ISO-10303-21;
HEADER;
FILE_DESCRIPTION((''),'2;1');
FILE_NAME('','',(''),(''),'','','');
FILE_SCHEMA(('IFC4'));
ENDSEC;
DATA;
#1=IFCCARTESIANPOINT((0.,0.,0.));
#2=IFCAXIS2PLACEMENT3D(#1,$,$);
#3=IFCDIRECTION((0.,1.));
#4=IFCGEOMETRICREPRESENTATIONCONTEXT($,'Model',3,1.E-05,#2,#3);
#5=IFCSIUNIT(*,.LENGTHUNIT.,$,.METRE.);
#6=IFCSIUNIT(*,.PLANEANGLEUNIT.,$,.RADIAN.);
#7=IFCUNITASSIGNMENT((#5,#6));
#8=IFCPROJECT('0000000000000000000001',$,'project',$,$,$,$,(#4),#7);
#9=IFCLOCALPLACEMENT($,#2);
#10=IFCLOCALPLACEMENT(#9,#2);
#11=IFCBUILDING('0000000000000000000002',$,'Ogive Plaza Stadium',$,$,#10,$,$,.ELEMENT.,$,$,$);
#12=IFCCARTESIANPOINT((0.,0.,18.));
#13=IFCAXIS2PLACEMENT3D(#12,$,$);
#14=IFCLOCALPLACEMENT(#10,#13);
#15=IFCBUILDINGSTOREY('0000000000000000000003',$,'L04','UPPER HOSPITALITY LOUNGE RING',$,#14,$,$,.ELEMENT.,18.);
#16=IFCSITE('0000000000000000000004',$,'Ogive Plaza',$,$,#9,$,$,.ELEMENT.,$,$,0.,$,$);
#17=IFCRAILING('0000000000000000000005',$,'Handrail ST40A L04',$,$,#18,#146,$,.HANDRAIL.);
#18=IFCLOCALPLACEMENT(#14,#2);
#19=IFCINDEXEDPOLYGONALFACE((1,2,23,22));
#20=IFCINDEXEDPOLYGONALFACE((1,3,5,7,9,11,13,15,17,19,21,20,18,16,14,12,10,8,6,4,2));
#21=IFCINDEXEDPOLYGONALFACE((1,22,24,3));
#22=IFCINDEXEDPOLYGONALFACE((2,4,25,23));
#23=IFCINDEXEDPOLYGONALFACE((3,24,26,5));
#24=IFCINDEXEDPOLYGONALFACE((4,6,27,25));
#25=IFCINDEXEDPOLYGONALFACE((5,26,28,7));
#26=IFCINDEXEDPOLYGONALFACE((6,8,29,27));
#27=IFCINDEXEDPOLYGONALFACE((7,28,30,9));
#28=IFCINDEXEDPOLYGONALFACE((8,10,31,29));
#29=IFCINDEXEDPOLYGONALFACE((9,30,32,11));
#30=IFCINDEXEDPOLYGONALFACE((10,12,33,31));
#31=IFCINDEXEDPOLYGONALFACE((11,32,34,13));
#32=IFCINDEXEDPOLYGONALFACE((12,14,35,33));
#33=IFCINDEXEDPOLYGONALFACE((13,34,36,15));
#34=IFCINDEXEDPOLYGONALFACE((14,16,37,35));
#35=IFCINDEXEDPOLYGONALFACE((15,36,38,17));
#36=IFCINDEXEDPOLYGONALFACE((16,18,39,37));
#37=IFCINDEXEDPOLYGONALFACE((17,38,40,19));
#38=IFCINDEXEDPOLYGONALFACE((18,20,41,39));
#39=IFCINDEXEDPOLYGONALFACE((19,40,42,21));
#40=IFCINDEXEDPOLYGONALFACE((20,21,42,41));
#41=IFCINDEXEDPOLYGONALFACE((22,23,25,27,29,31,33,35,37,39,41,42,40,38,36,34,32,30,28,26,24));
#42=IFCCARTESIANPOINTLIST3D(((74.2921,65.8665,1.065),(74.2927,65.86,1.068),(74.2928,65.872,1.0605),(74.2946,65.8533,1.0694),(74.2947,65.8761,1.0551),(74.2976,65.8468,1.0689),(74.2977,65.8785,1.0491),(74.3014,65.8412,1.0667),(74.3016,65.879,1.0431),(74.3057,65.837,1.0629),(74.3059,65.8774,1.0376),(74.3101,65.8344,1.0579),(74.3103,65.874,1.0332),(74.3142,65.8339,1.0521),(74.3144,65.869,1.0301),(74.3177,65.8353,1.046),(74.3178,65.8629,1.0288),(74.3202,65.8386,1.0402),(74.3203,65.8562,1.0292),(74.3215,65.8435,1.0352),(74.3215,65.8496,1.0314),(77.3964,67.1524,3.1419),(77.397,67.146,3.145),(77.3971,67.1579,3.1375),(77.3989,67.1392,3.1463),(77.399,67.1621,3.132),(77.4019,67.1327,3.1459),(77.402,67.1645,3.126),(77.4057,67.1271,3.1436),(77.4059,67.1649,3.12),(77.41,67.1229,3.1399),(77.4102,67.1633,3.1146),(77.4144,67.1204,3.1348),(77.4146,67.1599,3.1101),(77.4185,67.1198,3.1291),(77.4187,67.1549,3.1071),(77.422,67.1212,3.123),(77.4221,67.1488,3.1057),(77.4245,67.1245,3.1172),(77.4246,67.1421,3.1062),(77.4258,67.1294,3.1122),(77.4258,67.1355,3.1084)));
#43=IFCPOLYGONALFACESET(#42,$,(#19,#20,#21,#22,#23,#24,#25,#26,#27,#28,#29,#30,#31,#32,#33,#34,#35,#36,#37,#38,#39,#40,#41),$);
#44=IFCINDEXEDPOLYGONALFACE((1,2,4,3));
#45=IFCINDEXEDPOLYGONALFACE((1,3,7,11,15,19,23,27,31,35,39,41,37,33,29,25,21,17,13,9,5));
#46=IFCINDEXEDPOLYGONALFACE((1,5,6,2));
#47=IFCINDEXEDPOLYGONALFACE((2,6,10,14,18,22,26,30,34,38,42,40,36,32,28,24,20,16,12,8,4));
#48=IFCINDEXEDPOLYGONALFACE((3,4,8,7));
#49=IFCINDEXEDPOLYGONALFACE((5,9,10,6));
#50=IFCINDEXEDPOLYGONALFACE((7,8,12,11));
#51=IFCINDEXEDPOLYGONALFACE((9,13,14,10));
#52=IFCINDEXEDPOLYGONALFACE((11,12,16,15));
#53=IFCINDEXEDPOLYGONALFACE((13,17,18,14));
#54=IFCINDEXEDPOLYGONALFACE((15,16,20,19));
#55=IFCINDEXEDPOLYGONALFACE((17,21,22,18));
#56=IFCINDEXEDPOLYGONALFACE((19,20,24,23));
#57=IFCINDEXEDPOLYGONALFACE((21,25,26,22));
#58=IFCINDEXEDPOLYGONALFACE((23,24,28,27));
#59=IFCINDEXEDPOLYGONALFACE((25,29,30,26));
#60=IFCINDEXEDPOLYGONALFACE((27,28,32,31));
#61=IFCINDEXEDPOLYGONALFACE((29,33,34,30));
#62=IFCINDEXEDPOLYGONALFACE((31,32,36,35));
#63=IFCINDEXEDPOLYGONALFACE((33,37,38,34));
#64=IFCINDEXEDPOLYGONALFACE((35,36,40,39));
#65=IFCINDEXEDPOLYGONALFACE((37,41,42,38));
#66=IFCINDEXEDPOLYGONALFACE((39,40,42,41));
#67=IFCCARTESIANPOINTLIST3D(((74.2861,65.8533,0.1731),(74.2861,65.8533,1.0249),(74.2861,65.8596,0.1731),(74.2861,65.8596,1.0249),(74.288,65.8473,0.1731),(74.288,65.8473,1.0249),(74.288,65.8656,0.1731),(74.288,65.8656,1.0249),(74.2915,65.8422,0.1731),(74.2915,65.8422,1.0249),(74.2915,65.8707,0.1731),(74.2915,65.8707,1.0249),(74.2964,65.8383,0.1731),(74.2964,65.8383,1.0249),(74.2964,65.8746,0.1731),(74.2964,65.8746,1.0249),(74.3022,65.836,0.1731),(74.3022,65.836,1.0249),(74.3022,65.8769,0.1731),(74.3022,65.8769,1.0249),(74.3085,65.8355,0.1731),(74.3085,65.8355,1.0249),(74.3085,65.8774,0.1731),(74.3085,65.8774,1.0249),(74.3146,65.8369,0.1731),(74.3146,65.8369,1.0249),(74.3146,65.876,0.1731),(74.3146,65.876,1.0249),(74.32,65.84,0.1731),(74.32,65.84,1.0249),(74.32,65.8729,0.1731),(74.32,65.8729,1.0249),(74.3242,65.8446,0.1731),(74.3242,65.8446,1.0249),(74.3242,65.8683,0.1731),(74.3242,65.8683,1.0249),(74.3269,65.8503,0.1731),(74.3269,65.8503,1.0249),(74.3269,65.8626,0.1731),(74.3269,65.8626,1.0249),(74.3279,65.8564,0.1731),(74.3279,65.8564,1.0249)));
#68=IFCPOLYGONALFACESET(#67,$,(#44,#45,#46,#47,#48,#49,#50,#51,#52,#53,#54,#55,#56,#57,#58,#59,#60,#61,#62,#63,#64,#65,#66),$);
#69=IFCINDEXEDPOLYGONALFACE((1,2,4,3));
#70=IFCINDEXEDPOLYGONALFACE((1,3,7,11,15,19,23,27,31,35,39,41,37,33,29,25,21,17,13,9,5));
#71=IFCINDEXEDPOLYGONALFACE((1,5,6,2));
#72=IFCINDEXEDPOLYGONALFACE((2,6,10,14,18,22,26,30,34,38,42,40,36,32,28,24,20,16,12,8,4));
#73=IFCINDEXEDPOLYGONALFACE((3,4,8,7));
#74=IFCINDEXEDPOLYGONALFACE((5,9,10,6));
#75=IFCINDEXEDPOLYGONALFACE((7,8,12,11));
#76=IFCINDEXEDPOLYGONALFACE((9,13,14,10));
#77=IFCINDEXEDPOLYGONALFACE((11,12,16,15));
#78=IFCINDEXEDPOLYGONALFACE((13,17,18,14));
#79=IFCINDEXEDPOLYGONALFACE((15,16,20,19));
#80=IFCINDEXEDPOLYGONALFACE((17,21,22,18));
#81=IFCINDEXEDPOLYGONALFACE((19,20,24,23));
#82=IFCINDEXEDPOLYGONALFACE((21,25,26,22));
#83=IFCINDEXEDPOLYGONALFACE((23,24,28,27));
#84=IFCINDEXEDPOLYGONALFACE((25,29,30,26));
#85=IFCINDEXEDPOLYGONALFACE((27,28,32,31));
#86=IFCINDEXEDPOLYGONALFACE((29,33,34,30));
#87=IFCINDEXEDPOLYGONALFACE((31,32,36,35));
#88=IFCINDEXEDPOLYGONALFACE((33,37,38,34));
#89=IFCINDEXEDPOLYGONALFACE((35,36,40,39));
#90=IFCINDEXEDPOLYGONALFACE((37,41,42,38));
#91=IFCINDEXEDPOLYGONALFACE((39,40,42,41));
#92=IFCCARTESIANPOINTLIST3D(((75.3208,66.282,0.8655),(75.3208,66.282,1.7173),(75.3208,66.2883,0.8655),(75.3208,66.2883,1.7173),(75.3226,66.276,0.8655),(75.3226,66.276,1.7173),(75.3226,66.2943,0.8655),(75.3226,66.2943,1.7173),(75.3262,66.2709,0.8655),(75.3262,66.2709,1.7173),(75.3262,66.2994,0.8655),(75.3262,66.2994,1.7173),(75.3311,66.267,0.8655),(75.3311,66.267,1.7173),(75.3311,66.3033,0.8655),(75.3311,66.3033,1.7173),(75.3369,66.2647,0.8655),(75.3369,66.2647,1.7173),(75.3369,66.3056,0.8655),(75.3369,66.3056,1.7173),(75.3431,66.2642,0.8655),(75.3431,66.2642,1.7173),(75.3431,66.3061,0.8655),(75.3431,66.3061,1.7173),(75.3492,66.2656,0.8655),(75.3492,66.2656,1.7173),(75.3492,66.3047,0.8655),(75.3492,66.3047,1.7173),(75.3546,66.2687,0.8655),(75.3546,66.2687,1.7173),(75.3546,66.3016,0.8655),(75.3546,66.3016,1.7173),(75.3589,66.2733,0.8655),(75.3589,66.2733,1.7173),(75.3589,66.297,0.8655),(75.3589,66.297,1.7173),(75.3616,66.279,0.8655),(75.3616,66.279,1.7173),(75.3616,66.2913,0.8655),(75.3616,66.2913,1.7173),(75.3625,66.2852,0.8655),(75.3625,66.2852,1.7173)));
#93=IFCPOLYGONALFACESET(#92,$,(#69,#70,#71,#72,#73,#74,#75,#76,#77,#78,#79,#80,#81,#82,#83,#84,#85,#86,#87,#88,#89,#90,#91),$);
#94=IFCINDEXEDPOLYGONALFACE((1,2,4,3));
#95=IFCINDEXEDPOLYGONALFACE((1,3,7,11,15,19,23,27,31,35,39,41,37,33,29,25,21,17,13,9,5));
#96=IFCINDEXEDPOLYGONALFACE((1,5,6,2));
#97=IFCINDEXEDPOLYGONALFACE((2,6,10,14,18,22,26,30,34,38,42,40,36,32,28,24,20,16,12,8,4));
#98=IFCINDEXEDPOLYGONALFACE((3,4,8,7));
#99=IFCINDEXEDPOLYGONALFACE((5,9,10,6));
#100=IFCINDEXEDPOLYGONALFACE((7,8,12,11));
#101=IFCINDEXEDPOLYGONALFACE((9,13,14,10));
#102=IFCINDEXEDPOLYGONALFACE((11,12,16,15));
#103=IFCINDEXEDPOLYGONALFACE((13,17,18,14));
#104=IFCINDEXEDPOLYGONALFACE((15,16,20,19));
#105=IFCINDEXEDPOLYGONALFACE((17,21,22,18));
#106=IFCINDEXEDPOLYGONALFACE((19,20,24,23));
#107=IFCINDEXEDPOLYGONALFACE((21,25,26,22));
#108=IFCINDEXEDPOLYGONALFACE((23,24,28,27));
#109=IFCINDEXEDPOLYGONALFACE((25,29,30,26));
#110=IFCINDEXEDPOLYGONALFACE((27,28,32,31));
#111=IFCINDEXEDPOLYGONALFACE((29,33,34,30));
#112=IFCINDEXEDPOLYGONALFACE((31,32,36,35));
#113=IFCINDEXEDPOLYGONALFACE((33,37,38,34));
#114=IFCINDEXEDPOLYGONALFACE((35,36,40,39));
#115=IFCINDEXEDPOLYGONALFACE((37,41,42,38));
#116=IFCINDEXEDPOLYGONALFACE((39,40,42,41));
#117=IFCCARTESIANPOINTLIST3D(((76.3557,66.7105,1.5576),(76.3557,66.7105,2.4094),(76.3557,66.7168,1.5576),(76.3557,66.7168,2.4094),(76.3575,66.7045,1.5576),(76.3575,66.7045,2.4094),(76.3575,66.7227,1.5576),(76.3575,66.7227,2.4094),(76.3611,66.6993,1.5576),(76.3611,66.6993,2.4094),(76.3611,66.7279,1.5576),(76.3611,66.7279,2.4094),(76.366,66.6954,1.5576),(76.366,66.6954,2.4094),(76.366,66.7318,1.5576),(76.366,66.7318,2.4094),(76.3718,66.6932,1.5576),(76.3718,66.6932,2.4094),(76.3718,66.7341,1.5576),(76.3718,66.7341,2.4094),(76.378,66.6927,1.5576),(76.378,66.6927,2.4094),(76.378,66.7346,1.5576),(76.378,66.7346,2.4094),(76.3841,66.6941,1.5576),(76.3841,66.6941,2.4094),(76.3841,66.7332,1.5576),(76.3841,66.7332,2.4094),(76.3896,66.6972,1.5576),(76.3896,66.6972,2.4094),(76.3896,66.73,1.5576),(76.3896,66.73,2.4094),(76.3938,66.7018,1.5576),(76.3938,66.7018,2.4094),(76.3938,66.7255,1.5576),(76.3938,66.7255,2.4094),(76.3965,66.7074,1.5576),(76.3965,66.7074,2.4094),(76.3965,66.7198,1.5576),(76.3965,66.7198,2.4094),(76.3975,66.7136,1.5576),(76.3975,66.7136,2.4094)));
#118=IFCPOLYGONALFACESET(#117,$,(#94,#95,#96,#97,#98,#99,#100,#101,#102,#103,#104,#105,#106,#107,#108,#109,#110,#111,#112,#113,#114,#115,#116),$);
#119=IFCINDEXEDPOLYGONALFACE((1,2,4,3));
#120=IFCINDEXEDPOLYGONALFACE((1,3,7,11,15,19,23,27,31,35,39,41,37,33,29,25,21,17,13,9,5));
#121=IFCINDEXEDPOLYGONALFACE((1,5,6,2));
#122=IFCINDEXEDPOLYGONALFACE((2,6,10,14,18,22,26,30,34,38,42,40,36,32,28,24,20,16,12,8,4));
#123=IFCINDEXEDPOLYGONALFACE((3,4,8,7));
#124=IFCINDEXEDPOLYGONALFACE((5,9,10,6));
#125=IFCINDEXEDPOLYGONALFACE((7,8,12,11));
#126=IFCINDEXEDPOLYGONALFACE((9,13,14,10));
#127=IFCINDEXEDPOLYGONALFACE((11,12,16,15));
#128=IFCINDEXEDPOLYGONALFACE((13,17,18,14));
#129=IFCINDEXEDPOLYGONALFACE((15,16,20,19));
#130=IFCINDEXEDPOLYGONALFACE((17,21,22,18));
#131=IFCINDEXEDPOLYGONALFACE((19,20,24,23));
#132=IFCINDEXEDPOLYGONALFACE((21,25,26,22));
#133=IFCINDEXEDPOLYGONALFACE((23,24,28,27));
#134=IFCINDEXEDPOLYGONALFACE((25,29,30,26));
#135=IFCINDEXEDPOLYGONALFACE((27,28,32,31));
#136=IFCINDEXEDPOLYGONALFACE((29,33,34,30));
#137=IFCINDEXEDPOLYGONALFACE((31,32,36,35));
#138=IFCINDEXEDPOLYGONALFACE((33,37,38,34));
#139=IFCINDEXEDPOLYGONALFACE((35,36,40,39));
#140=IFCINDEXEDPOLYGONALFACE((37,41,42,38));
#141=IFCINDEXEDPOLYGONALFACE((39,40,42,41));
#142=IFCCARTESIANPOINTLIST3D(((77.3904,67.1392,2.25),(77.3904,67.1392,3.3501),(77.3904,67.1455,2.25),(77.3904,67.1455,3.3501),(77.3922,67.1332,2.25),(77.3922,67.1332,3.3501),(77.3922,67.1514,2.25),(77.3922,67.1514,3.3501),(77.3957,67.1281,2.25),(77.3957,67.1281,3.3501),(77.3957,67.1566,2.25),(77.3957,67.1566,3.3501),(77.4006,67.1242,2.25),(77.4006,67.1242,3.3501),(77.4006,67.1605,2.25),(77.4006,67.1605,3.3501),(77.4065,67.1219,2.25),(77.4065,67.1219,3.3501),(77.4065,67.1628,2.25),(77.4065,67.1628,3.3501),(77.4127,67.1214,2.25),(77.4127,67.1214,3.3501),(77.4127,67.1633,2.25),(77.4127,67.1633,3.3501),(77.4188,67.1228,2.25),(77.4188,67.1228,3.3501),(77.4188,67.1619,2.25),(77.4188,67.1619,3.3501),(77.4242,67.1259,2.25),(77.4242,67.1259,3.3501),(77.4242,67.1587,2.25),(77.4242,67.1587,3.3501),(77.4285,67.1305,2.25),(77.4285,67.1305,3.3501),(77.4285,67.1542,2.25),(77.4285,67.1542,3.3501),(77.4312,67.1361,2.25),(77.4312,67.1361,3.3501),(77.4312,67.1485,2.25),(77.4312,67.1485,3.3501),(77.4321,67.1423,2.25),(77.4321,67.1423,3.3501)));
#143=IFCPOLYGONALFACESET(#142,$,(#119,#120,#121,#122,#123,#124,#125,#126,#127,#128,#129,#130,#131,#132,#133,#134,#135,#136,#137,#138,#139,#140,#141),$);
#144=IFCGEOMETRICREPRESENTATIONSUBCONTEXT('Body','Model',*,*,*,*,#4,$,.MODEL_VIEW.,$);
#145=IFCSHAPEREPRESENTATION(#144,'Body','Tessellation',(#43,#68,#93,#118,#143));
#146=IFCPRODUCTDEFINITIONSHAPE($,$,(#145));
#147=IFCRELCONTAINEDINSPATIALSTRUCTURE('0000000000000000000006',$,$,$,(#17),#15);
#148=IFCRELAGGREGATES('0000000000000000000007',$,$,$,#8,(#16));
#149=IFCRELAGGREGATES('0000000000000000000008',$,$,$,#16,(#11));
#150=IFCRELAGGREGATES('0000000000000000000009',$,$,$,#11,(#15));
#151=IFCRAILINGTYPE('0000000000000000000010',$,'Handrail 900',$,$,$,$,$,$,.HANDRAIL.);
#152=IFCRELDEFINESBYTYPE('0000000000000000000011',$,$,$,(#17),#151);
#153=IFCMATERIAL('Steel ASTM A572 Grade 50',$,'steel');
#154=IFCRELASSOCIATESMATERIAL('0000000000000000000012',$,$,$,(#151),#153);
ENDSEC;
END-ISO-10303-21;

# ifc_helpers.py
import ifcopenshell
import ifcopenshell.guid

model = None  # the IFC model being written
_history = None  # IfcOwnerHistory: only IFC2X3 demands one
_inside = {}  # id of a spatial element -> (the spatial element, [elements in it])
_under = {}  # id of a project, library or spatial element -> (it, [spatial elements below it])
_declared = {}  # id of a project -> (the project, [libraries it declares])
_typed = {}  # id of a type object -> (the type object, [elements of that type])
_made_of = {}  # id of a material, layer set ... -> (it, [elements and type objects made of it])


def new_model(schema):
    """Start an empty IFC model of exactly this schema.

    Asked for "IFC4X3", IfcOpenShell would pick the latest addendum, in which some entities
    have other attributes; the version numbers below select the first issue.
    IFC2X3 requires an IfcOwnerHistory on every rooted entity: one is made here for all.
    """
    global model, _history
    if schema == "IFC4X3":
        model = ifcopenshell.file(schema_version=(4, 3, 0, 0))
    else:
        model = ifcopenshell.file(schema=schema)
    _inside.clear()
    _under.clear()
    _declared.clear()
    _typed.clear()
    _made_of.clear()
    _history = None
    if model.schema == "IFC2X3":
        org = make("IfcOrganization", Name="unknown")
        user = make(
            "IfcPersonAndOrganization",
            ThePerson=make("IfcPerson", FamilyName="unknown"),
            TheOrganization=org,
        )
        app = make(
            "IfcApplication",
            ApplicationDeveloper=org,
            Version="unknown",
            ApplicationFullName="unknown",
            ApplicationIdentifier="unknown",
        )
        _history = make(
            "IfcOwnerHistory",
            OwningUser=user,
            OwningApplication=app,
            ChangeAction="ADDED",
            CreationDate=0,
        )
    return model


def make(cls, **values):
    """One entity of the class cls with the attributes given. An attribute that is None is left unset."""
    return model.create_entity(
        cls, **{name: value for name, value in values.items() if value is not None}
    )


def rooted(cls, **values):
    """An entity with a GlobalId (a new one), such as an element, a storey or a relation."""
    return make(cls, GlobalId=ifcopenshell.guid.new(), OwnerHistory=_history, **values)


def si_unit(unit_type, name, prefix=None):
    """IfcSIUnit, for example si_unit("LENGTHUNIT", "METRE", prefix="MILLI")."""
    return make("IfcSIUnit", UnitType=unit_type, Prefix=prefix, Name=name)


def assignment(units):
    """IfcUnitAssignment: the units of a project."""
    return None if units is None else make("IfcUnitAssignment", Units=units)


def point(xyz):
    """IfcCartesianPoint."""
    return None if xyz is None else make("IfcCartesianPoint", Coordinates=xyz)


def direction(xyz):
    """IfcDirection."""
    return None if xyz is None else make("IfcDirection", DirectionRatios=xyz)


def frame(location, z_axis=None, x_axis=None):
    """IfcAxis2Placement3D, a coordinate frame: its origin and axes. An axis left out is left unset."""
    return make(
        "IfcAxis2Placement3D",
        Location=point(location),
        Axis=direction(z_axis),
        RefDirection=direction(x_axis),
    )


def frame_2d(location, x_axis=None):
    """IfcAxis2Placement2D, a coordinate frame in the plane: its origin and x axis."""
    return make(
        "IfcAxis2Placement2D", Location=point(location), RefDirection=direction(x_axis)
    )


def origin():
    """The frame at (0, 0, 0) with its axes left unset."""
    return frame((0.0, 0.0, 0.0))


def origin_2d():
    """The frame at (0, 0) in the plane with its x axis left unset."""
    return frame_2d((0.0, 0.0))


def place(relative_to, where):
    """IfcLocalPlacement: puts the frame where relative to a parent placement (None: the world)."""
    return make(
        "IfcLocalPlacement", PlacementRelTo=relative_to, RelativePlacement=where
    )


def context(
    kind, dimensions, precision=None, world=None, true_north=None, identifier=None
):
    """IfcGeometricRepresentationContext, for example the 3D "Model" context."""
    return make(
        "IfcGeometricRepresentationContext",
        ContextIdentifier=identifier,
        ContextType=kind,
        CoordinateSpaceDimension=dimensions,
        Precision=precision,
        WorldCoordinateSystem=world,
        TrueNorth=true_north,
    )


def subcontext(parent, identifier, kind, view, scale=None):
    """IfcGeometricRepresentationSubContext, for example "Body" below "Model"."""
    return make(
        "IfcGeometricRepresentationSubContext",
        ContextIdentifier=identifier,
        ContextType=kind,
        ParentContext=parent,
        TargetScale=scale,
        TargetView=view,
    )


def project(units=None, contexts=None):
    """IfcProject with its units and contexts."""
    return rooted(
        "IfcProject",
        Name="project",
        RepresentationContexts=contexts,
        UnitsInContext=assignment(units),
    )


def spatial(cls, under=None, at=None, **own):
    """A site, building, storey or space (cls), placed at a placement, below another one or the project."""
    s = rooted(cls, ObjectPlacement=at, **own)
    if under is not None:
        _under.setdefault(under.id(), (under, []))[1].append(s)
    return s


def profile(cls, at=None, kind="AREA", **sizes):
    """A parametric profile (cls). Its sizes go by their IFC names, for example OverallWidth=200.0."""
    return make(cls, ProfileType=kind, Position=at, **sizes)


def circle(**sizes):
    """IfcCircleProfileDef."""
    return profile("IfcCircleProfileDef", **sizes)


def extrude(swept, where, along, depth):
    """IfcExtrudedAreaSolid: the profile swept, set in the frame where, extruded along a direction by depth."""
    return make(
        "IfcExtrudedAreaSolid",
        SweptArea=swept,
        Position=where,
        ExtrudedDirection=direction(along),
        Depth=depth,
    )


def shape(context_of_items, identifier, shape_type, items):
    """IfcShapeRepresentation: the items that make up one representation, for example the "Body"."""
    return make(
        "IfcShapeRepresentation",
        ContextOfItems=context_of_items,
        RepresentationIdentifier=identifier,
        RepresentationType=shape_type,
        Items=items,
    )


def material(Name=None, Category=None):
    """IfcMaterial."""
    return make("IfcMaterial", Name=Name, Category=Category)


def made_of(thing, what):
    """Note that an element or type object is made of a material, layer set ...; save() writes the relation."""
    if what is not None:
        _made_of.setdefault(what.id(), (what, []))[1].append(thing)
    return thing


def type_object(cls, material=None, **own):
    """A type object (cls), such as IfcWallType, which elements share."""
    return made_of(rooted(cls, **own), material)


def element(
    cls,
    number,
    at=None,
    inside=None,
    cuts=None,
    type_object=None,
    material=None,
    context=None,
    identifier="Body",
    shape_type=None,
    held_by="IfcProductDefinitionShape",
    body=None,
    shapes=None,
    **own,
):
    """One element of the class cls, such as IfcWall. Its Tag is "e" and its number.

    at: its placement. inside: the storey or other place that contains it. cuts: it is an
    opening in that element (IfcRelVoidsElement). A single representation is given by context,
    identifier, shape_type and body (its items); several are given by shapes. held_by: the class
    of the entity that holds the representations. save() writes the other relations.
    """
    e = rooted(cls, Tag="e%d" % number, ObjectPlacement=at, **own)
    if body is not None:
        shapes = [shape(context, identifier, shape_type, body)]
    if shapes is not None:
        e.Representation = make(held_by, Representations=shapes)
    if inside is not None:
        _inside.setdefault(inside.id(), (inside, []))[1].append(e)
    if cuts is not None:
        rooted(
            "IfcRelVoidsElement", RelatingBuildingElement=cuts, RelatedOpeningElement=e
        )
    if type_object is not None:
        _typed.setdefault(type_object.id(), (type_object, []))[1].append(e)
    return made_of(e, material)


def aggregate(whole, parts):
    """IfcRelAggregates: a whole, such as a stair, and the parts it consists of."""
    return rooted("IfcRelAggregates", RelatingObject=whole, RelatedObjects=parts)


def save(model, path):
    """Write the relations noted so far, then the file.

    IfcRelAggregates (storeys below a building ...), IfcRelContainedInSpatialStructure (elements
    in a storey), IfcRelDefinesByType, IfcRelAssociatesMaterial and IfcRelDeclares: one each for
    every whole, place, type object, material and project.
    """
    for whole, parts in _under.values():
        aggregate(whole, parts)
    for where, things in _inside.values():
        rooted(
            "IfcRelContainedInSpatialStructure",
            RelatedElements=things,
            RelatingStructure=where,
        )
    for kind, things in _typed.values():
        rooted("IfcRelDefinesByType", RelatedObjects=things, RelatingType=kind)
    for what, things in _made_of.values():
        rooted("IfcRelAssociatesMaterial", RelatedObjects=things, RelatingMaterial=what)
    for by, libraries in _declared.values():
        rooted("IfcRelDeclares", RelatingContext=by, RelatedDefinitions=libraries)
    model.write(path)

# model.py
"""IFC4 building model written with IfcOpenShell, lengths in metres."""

from ifc_helpers import new_model, si_unit, direction, frame, origin, origin_2d, place, context, subcontext, project, spatial, circle, extrude, material, type_object, element, save


model = new_model("IFC4")

# Units and contexts
model_context = context("Model", 3, precision=1e-05, world=origin(), true_north=direction((0.0, 1.0)))
body_context = subcontext(model_context, "Body", "Model", "MODEL_VIEW")
ifc_project = project(units=[si_unit("LENGTHUNIT", "METRE"), si_unit("PLANEANGLEUNIT", "RADIAN")], contexts=[model_context])

# Site, building, storey
site_placement = place(None, origin())
site = spatial("IfcSite", under=ifc_project, at=site_placement, Name="Ogive Plaza", CompositionType="ELEMENT", RefElevation=0.0)
building_placement = place(site_placement, origin())
building = spatial("IfcBuilding", under=site, at=building_placement, Name="Ogive Plaza Stadium", CompositionType="ELEMENT")
storey_placement = place(building_placement, frame((0.0, 0.0, 18.0)))
storey = spatial("IfcBuildingStorey", under=building, at=storey_placement, Name="L04", Description="UPPER HOSPITALITY LOUNGE RING", CompositionType="ELEMENT", Elevation=18.0)

# Railing
ifc_material_1 = material(Name="Steel ASTM A572 Grade 50", Category="steel")
railing_type_1 = type_object("IfcRailingType", Name="Handrail 900", PredefinedType="HANDRAIL", material=ifc_material_1)
for number, where, name in (
    (1, (74.3069, 65.8564, 0.1731), "Handrail ST40A L04"),
):
    element("IfcRailing", number, at=place(storey_placement, frame(where)), inside=storey, type_object=railing_type_1, Name=name, PredefinedType="HANDRAIL", context=body_context, shape_type="SweptSolid", body=[
        extrude(circle(Radius=0.0239, at=origin_2d()), frame((0.0, 0.0, 0.876), z_axis=(0.785863, 0.325532, 0.525783), x_axis=(-0.3827, 0.923872, 0.0)), (0.0, 0.0, 1.0), 3.9502),
        extrude(circle(Radius=0.021, at=origin_2d()), origin(), (0.0, 0.0, 1.0), 0.8518),
        extrude(circle(Radius=0.021, at=origin_2d()), frame((1.0347, 0.4287, 0.6924)), (0.0, 0.0, 1.0), 0.8518),
        extrude(circle(Radius=0.021, at=origin_2d()), frame((2.0696, 0.8572, 1.3845)), (0.0, 0.0, 1.0), 0.8518),
        extrude(circle(Radius=0.021, at=origin_2d()), frame((3.1042, 1.2859, 2.0769)), (0.0, 0.0, 1.0), 1.1001),
    ])

save(model, "model.ifc")
